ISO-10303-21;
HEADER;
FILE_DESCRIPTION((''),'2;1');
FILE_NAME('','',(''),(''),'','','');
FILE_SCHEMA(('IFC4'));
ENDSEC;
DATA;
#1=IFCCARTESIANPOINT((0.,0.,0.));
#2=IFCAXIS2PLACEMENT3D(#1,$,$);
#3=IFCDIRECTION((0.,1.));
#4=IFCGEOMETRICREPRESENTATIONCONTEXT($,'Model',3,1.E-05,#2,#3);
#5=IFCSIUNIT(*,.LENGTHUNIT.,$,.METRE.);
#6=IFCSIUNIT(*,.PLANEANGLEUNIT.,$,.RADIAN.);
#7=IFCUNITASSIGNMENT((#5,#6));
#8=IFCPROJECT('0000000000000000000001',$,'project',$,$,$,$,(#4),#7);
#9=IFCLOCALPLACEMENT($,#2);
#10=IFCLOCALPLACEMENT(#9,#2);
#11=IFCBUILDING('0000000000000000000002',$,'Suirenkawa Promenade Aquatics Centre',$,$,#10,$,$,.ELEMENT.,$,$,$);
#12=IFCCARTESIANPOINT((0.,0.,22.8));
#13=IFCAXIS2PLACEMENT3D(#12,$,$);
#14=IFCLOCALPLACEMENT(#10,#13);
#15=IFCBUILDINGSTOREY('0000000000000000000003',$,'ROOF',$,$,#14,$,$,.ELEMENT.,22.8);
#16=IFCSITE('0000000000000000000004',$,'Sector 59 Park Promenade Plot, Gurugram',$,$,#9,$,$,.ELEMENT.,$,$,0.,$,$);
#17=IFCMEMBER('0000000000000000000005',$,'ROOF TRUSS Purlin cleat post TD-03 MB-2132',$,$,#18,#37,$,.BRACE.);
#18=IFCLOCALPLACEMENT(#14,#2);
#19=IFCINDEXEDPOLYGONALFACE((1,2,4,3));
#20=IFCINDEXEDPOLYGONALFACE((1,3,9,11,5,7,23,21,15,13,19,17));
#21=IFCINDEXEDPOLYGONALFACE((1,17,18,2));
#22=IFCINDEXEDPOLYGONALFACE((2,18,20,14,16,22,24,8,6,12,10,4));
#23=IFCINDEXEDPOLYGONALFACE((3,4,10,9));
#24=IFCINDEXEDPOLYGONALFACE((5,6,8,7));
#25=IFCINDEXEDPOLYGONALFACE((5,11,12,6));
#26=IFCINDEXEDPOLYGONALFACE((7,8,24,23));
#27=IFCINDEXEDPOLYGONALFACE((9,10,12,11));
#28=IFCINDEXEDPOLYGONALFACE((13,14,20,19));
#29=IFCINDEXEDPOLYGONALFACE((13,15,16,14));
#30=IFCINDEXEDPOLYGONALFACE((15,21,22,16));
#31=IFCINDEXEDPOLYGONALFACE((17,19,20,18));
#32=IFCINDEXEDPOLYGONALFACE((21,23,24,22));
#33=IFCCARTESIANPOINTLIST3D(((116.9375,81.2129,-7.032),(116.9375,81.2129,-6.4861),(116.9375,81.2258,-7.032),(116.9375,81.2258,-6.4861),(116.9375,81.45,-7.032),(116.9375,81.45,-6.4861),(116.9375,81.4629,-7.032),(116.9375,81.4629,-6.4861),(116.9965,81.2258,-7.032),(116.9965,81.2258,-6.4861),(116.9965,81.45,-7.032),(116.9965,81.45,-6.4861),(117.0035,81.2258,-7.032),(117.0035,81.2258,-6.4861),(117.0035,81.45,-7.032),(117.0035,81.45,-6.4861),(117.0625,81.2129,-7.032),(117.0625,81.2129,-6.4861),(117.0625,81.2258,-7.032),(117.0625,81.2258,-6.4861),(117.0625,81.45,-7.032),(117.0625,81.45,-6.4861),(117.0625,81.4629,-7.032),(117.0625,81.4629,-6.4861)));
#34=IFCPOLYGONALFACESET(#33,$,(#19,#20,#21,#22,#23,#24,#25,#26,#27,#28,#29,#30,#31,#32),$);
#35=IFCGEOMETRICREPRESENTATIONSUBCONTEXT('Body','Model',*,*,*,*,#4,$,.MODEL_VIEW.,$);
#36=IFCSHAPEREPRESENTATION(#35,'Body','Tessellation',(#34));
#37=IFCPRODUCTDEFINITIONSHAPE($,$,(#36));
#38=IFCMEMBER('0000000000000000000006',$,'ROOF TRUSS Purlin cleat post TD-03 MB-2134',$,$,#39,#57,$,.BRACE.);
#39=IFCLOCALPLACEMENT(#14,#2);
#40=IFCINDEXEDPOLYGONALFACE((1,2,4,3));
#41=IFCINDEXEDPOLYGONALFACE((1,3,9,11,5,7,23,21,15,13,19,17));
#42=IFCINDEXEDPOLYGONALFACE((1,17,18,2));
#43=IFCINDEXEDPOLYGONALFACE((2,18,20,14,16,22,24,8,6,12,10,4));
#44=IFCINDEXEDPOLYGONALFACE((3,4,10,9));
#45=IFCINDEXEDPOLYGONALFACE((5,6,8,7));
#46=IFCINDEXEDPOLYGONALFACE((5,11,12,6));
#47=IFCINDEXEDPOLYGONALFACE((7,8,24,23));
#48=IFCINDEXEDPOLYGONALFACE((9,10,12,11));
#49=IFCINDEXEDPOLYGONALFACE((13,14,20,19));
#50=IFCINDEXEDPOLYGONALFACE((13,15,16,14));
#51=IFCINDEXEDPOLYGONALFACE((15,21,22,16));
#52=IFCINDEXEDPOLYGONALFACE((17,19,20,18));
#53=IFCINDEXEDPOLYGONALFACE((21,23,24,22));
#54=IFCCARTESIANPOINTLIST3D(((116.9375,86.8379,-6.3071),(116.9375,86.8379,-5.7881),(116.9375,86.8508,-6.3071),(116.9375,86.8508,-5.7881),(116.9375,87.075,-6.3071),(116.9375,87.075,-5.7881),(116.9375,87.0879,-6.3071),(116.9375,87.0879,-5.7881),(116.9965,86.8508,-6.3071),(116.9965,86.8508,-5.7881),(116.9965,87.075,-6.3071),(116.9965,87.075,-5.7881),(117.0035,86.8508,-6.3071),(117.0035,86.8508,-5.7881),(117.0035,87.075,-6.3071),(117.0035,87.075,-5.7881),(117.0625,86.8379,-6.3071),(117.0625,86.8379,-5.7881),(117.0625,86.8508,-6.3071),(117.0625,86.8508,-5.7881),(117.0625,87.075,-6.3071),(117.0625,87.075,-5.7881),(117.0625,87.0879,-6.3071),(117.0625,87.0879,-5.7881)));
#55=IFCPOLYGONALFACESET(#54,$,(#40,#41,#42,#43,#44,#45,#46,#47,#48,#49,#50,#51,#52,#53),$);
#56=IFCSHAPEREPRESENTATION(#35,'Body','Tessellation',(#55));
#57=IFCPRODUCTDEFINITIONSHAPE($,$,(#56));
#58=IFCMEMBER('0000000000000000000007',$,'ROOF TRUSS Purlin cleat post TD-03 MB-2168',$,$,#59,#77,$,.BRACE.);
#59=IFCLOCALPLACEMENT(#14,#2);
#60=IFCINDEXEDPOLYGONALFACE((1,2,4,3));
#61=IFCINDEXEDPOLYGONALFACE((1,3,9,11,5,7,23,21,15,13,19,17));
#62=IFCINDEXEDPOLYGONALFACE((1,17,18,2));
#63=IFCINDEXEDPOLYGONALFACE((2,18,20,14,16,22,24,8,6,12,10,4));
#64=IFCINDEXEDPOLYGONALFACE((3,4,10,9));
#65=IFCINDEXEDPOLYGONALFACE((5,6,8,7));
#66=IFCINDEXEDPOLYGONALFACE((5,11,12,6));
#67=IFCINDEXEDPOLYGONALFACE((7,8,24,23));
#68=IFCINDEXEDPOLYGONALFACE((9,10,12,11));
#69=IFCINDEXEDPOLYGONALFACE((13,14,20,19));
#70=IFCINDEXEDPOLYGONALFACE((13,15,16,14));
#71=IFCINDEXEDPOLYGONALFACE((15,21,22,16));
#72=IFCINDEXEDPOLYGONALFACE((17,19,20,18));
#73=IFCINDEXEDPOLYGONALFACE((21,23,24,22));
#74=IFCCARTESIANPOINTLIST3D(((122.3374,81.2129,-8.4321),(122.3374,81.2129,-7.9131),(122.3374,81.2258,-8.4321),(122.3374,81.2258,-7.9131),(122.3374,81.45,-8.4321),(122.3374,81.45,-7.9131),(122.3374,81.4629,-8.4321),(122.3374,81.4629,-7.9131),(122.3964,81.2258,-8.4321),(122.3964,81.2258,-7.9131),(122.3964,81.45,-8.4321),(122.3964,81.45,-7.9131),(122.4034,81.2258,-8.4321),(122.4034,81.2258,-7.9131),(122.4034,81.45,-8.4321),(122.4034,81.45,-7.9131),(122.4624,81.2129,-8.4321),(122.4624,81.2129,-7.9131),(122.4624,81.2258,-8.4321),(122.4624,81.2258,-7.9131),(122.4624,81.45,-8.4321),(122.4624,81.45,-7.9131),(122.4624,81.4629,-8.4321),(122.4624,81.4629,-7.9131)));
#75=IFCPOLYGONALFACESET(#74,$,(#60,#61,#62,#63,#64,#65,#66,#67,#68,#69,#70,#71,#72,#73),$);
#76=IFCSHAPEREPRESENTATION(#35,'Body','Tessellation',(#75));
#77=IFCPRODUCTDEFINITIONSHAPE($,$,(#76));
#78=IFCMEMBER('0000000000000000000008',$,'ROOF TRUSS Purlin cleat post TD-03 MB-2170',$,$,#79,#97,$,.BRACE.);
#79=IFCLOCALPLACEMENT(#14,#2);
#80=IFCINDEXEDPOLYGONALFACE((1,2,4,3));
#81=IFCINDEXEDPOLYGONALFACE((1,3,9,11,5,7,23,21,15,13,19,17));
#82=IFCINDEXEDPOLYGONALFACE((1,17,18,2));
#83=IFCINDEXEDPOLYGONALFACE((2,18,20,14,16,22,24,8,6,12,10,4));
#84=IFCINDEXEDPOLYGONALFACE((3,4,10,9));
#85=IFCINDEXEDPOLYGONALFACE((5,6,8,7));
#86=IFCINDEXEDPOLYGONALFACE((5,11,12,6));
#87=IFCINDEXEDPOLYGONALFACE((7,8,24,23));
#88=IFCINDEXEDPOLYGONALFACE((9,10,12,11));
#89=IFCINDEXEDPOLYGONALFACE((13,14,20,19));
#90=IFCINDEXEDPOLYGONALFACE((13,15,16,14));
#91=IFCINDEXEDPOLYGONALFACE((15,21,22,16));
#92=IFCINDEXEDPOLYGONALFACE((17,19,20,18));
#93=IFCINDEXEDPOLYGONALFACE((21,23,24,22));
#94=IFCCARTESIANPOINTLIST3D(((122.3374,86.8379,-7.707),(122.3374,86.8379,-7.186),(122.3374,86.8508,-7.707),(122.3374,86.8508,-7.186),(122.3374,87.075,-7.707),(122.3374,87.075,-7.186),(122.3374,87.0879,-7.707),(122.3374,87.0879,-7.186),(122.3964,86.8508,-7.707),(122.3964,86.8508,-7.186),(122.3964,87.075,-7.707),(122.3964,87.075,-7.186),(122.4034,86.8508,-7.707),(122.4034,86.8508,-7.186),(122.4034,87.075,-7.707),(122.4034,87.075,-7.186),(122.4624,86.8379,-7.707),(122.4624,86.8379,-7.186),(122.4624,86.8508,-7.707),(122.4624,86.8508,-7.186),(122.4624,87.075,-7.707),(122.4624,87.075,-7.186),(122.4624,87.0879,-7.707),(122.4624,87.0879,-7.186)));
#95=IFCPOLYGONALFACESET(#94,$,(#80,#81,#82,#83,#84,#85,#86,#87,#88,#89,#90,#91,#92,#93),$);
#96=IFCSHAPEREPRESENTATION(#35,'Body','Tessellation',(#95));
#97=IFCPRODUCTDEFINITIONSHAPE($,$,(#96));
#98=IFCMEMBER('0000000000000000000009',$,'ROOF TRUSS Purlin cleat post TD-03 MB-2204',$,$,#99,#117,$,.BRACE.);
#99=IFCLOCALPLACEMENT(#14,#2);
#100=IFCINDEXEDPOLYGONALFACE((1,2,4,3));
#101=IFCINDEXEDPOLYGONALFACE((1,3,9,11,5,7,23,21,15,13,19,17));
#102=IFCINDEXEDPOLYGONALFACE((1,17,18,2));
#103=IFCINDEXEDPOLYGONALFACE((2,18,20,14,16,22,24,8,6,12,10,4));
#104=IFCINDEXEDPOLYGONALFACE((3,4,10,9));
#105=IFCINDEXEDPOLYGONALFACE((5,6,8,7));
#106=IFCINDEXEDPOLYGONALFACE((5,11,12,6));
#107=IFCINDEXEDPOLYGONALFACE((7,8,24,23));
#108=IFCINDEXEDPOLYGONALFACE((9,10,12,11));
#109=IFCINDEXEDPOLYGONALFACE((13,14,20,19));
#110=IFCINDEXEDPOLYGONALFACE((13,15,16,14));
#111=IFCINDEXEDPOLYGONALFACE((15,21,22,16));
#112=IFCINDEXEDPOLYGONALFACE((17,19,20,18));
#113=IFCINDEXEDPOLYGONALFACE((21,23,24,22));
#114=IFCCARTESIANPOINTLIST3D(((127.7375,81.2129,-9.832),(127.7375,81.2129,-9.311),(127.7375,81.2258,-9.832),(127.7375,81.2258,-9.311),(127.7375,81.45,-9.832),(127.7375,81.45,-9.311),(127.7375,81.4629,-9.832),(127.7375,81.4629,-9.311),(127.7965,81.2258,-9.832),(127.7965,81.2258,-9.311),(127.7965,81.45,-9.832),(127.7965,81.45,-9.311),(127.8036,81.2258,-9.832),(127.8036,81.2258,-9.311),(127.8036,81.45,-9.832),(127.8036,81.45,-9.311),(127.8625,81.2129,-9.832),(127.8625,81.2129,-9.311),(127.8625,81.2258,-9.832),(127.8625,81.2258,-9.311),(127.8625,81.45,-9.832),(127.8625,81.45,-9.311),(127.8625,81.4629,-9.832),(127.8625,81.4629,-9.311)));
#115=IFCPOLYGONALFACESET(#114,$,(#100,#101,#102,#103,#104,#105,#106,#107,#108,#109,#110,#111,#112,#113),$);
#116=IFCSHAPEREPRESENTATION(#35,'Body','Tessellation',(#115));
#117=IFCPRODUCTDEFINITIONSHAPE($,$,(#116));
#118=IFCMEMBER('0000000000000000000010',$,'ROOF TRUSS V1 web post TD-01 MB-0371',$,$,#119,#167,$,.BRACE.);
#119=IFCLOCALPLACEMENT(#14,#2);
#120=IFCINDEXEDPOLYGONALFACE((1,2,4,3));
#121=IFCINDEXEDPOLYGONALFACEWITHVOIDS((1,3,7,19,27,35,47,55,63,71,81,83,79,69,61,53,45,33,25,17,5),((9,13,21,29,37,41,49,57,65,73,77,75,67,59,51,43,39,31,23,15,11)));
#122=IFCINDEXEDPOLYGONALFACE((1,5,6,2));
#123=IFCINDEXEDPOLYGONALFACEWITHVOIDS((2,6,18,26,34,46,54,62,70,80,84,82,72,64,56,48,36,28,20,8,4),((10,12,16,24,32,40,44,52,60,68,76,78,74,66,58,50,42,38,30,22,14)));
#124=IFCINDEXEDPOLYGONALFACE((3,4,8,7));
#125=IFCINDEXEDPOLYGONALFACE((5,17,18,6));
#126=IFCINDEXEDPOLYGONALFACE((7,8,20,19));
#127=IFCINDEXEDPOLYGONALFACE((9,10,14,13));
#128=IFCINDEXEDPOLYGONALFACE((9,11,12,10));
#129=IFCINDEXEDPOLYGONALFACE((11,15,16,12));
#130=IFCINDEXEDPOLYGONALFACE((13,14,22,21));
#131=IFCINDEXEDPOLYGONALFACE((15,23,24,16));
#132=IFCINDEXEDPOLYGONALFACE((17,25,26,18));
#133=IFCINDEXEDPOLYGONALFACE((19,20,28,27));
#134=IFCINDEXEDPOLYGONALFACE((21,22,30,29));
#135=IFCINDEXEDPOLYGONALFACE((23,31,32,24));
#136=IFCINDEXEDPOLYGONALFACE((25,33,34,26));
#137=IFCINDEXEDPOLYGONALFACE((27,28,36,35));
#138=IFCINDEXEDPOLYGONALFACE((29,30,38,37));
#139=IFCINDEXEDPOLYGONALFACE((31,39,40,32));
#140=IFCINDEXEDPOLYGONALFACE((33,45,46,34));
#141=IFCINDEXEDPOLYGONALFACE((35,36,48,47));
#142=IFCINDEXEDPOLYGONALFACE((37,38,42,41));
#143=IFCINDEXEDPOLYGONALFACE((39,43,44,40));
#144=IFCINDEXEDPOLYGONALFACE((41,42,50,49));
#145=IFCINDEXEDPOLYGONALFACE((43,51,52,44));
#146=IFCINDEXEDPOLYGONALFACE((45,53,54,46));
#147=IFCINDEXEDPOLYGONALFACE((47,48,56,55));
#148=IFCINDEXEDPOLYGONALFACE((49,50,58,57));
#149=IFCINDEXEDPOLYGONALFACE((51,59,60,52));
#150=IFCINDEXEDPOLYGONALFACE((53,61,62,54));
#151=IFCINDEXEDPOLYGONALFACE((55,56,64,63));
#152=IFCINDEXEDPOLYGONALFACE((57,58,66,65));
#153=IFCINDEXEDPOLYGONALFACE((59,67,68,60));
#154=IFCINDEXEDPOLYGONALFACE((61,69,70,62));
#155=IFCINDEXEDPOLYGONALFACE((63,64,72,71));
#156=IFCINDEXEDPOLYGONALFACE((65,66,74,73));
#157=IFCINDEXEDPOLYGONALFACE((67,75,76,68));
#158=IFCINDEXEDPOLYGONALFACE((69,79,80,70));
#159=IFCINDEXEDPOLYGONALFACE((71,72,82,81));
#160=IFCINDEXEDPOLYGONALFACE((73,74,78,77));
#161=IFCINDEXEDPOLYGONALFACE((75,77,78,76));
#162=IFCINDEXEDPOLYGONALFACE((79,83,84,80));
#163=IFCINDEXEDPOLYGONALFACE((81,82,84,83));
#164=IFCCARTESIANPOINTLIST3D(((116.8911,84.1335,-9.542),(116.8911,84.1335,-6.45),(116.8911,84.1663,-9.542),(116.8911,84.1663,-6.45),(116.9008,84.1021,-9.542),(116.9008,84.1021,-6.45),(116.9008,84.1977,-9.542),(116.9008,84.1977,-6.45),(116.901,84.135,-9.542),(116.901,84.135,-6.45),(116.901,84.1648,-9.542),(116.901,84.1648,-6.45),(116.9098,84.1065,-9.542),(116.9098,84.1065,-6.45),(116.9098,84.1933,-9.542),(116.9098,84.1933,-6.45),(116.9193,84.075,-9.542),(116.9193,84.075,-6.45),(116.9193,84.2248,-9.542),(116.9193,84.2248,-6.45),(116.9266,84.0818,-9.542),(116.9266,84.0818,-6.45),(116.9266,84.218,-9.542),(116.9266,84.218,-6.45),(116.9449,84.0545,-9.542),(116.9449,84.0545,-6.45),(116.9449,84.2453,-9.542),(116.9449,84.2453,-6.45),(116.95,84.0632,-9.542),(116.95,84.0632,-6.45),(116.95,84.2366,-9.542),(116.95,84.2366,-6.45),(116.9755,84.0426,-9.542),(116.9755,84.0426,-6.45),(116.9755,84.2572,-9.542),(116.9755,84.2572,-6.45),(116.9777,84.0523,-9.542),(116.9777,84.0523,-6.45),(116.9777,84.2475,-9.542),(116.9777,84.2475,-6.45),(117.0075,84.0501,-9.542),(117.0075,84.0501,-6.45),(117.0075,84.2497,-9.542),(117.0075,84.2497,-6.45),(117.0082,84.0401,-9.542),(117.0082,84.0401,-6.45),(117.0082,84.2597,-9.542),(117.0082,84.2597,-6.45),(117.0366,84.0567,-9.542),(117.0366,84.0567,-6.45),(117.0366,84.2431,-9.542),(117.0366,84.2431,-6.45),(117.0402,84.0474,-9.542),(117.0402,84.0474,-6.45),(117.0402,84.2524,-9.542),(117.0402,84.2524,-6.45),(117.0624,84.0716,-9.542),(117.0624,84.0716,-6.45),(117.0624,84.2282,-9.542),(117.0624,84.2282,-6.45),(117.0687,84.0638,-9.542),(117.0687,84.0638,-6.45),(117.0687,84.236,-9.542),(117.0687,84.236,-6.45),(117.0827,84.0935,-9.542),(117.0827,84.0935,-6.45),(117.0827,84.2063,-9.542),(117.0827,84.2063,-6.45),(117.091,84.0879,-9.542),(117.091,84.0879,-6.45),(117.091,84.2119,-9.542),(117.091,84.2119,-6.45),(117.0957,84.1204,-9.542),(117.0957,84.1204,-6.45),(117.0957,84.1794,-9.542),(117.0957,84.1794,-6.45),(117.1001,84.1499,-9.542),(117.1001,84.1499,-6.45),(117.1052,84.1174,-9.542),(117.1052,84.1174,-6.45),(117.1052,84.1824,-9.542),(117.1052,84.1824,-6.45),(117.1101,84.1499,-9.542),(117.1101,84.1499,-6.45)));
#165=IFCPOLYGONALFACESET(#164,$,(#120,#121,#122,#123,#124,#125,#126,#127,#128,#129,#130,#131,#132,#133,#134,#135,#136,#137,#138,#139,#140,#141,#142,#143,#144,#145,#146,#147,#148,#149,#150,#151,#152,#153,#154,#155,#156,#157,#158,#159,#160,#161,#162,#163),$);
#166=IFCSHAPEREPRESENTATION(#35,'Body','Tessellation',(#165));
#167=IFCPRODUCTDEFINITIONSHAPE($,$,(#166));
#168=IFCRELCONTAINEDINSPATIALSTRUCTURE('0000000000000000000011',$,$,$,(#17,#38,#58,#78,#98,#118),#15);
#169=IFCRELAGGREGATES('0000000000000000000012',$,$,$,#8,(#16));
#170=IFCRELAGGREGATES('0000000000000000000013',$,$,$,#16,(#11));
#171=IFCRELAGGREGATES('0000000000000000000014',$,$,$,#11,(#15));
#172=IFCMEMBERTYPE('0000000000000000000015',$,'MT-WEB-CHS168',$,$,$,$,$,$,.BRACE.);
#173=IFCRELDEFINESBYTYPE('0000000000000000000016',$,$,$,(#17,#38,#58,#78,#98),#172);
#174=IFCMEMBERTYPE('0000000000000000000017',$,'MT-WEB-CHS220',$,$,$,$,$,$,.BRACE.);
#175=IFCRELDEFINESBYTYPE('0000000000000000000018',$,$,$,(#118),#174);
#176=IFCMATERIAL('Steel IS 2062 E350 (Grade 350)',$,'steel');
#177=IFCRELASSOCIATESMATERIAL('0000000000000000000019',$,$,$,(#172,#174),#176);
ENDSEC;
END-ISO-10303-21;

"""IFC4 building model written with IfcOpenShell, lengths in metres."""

from ifc_helpers import new_model, si_unit, direction, frame, origin, origin_2d, place, context, subcontext, project, spatial, hollow_circle, i_section, extrude, material, material_profile, profile_set, type_object, element, save


model = new_model("IFC4")

# Units and contexts
model_context = context("Model", 3, precision=1e-05, world=origin(), true_north=direction((0.0, 1.0)))
body_context = subcontext(model_context, "Body", "Model", "MODEL_VIEW")
ifc_project = project(units=[si_unit("LENGTHUNIT", "METRE"), si_unit("PLANEANGLEUNIT", "RADIAN")], contexts=[model_context])

# Site, building, storey
site_placement = place(None, origin())
site = spatial("IfcSite", under=ifc_project, at=site_placement, Name="Sector 59 Park Promenade Plot, Gurugram", CompositionType="ELEMENT", RefElevation=0.0)
building_placement = place(site_placement, origin())
building = spatial("IfcBuilding", under=site, at=building_placement, Name="Suirenkawa Promenade Aquatics Centre", CompositionType="ELEMENT")
storey_placement = place(building_placement, frame((0.0, 0.0, 22.8)))
storey = spatial("IfcBuildingStorey", under=building, at=storey_placement, Name="ROOF", CompositionType="ELEMENT", Elevation=22.8)

# Shared definitions
ifc_material = material(Name="Steel IS 2062 E350 (Grade 350)", Category="steel")

# Members
ifc_material_profile_1 = material_profile(ifc_material, i_section(OverallWidth=0.125, OverallDepth=0.25, WebThickness=0.0071, FlangeThickness=0.0129, at=origin_2d()), Name="ISMB 250", Category="steel")
ifc_profile_set_1 = profile_set([ifc_material_profile_1], Name="Steel IS 2062 E350 (Grade 350)")
member_type_1 = type_object("IfcMemberType", Name="MT-WEB-CHS168", PredefinedType="BRACE", material=ifc_profile_set_1)
member_1_placement = place(storey_placement, frame((117.0, 81.3379, -7.032), z_axis=(0.0, 0.0, 1.0), x_axis=(1.0, 0.0, 0.0)))
element("IfcMember", 1, at=member_1_placement, inside=storey, type_object=member_type_1, Name="ROOF TRUSS Purlin cleat post TD-03 MB-2132", PredefinedType="BRACE", context=body_context, shape_type="SweptSolid", body=[
    extrude(i_section(OverallWidth=0.125, OverallDepth=0.25, WebThickness=0.0071, FlangeThickness=0.0129, at=origin_2d()), origin(), (0.0, 0.0, 1.0), 0.5459),
])
for number, where, z_axis, x_axis, name in (
    (2, (117.0, 86.9629, -6.3071), (0.0, 0.0, 1.0), (1.0, 0.0, 0.0), "ROOF TRUSS Purlin cleat post TD-03 MB-2134"),
    (3, (122.3999, 81.3379, -8.4321), (0.0, 0.0, 1.0), (1.0, 0.0, 0.0), "ROOF TRUSS Purlin cleat post TD-03 MB-2168"),
):
    element("IfcMember", number, at=place(storey_placement, frame(where, z_axis=z_axis, x_axis=x_axis)), inside=storey, type_object=member_type_1, Name=name, PredefinedType="BRACE", context=body_context, shape_type="SweptSolid", body=[
        extrude(i_section(OverallWidth=0.125, OverallDepth=0.25, WebThickness=0.0071, FlangeThickness=0.0129, at=origin_2d()), origin(), (0.0, 0.0, 1.0), 0.519),
    ])
for number, where, z_axis, x_axis, name in (
    (4, (122.3999, 86.9629, -7.707), (0.0, 0.0, 1.0), (1.0, 0.0, 0.0), "ROOF TRUSS Purlin cleat post TD-03 MB-2170"),
    (5, (127.8, 81.3379, -9.832), (0.0, 0.0, 1.0), (1.0, 0.0, 0.0), "ROOF TRUSS Purlin cleat post TD-03 MB-2204"),
):
    element("IfcMember", number, at=place(storey_placement, frame(where, z_axis=z_axis, x_axis=x_axis)), inside=storey, type_object=member_type_1, Name=name, PredefinedType="BRACE", context=body_context, shape_type="SweptSolid", body=[
        extrude(i_section(OverallWidth=0.125, OverallDepth=0.25, WebThickness=0.0071, FlangeThickness=0.0129, at=origin_2d()), origin(), (0.0, 0.0, 1.0), 0.521),
    ])
ifc_material_profile_2 = material_profile(ifc_material, hollow_circle(Radius=0.1101, WallThickness=0.01, at=origin_2d()), Name="CHS 220x10", Category="steel")
ifc_profile_set_2 = profile_set([ifc_material_profile_2], Name="Steel IS 2062 E350 (Grade 350)")
member_type_2 = type_object("IfcMemberType", Name="MT-WEB-CHS220", PredefinedType="BRACE", material=ifc_profile_set_2)
member_2_placement = place(storey_placement, frame((117.0, 84.1499, -9.542), z_axis=(0.0, 0.0, 1.0), x_axis=(1.0, 0.0, 0.0)))
element("IfcMember", 6, at=member_2_placement, inside=storey, type_object=member_type_2, Name="ROOF TRUSS V1 web post TD-01 MB-0371", PredefinedType="BRACE", context=body_context, shape_type="SweptSolid", body=[
    extrude(hollow_circle(Radius=0.1101, WallThickness=0.01, at=origin_2d()), origin(), (0.0, 0.0, 1.0), 3.092),
])

save(model, "model.ifc")
